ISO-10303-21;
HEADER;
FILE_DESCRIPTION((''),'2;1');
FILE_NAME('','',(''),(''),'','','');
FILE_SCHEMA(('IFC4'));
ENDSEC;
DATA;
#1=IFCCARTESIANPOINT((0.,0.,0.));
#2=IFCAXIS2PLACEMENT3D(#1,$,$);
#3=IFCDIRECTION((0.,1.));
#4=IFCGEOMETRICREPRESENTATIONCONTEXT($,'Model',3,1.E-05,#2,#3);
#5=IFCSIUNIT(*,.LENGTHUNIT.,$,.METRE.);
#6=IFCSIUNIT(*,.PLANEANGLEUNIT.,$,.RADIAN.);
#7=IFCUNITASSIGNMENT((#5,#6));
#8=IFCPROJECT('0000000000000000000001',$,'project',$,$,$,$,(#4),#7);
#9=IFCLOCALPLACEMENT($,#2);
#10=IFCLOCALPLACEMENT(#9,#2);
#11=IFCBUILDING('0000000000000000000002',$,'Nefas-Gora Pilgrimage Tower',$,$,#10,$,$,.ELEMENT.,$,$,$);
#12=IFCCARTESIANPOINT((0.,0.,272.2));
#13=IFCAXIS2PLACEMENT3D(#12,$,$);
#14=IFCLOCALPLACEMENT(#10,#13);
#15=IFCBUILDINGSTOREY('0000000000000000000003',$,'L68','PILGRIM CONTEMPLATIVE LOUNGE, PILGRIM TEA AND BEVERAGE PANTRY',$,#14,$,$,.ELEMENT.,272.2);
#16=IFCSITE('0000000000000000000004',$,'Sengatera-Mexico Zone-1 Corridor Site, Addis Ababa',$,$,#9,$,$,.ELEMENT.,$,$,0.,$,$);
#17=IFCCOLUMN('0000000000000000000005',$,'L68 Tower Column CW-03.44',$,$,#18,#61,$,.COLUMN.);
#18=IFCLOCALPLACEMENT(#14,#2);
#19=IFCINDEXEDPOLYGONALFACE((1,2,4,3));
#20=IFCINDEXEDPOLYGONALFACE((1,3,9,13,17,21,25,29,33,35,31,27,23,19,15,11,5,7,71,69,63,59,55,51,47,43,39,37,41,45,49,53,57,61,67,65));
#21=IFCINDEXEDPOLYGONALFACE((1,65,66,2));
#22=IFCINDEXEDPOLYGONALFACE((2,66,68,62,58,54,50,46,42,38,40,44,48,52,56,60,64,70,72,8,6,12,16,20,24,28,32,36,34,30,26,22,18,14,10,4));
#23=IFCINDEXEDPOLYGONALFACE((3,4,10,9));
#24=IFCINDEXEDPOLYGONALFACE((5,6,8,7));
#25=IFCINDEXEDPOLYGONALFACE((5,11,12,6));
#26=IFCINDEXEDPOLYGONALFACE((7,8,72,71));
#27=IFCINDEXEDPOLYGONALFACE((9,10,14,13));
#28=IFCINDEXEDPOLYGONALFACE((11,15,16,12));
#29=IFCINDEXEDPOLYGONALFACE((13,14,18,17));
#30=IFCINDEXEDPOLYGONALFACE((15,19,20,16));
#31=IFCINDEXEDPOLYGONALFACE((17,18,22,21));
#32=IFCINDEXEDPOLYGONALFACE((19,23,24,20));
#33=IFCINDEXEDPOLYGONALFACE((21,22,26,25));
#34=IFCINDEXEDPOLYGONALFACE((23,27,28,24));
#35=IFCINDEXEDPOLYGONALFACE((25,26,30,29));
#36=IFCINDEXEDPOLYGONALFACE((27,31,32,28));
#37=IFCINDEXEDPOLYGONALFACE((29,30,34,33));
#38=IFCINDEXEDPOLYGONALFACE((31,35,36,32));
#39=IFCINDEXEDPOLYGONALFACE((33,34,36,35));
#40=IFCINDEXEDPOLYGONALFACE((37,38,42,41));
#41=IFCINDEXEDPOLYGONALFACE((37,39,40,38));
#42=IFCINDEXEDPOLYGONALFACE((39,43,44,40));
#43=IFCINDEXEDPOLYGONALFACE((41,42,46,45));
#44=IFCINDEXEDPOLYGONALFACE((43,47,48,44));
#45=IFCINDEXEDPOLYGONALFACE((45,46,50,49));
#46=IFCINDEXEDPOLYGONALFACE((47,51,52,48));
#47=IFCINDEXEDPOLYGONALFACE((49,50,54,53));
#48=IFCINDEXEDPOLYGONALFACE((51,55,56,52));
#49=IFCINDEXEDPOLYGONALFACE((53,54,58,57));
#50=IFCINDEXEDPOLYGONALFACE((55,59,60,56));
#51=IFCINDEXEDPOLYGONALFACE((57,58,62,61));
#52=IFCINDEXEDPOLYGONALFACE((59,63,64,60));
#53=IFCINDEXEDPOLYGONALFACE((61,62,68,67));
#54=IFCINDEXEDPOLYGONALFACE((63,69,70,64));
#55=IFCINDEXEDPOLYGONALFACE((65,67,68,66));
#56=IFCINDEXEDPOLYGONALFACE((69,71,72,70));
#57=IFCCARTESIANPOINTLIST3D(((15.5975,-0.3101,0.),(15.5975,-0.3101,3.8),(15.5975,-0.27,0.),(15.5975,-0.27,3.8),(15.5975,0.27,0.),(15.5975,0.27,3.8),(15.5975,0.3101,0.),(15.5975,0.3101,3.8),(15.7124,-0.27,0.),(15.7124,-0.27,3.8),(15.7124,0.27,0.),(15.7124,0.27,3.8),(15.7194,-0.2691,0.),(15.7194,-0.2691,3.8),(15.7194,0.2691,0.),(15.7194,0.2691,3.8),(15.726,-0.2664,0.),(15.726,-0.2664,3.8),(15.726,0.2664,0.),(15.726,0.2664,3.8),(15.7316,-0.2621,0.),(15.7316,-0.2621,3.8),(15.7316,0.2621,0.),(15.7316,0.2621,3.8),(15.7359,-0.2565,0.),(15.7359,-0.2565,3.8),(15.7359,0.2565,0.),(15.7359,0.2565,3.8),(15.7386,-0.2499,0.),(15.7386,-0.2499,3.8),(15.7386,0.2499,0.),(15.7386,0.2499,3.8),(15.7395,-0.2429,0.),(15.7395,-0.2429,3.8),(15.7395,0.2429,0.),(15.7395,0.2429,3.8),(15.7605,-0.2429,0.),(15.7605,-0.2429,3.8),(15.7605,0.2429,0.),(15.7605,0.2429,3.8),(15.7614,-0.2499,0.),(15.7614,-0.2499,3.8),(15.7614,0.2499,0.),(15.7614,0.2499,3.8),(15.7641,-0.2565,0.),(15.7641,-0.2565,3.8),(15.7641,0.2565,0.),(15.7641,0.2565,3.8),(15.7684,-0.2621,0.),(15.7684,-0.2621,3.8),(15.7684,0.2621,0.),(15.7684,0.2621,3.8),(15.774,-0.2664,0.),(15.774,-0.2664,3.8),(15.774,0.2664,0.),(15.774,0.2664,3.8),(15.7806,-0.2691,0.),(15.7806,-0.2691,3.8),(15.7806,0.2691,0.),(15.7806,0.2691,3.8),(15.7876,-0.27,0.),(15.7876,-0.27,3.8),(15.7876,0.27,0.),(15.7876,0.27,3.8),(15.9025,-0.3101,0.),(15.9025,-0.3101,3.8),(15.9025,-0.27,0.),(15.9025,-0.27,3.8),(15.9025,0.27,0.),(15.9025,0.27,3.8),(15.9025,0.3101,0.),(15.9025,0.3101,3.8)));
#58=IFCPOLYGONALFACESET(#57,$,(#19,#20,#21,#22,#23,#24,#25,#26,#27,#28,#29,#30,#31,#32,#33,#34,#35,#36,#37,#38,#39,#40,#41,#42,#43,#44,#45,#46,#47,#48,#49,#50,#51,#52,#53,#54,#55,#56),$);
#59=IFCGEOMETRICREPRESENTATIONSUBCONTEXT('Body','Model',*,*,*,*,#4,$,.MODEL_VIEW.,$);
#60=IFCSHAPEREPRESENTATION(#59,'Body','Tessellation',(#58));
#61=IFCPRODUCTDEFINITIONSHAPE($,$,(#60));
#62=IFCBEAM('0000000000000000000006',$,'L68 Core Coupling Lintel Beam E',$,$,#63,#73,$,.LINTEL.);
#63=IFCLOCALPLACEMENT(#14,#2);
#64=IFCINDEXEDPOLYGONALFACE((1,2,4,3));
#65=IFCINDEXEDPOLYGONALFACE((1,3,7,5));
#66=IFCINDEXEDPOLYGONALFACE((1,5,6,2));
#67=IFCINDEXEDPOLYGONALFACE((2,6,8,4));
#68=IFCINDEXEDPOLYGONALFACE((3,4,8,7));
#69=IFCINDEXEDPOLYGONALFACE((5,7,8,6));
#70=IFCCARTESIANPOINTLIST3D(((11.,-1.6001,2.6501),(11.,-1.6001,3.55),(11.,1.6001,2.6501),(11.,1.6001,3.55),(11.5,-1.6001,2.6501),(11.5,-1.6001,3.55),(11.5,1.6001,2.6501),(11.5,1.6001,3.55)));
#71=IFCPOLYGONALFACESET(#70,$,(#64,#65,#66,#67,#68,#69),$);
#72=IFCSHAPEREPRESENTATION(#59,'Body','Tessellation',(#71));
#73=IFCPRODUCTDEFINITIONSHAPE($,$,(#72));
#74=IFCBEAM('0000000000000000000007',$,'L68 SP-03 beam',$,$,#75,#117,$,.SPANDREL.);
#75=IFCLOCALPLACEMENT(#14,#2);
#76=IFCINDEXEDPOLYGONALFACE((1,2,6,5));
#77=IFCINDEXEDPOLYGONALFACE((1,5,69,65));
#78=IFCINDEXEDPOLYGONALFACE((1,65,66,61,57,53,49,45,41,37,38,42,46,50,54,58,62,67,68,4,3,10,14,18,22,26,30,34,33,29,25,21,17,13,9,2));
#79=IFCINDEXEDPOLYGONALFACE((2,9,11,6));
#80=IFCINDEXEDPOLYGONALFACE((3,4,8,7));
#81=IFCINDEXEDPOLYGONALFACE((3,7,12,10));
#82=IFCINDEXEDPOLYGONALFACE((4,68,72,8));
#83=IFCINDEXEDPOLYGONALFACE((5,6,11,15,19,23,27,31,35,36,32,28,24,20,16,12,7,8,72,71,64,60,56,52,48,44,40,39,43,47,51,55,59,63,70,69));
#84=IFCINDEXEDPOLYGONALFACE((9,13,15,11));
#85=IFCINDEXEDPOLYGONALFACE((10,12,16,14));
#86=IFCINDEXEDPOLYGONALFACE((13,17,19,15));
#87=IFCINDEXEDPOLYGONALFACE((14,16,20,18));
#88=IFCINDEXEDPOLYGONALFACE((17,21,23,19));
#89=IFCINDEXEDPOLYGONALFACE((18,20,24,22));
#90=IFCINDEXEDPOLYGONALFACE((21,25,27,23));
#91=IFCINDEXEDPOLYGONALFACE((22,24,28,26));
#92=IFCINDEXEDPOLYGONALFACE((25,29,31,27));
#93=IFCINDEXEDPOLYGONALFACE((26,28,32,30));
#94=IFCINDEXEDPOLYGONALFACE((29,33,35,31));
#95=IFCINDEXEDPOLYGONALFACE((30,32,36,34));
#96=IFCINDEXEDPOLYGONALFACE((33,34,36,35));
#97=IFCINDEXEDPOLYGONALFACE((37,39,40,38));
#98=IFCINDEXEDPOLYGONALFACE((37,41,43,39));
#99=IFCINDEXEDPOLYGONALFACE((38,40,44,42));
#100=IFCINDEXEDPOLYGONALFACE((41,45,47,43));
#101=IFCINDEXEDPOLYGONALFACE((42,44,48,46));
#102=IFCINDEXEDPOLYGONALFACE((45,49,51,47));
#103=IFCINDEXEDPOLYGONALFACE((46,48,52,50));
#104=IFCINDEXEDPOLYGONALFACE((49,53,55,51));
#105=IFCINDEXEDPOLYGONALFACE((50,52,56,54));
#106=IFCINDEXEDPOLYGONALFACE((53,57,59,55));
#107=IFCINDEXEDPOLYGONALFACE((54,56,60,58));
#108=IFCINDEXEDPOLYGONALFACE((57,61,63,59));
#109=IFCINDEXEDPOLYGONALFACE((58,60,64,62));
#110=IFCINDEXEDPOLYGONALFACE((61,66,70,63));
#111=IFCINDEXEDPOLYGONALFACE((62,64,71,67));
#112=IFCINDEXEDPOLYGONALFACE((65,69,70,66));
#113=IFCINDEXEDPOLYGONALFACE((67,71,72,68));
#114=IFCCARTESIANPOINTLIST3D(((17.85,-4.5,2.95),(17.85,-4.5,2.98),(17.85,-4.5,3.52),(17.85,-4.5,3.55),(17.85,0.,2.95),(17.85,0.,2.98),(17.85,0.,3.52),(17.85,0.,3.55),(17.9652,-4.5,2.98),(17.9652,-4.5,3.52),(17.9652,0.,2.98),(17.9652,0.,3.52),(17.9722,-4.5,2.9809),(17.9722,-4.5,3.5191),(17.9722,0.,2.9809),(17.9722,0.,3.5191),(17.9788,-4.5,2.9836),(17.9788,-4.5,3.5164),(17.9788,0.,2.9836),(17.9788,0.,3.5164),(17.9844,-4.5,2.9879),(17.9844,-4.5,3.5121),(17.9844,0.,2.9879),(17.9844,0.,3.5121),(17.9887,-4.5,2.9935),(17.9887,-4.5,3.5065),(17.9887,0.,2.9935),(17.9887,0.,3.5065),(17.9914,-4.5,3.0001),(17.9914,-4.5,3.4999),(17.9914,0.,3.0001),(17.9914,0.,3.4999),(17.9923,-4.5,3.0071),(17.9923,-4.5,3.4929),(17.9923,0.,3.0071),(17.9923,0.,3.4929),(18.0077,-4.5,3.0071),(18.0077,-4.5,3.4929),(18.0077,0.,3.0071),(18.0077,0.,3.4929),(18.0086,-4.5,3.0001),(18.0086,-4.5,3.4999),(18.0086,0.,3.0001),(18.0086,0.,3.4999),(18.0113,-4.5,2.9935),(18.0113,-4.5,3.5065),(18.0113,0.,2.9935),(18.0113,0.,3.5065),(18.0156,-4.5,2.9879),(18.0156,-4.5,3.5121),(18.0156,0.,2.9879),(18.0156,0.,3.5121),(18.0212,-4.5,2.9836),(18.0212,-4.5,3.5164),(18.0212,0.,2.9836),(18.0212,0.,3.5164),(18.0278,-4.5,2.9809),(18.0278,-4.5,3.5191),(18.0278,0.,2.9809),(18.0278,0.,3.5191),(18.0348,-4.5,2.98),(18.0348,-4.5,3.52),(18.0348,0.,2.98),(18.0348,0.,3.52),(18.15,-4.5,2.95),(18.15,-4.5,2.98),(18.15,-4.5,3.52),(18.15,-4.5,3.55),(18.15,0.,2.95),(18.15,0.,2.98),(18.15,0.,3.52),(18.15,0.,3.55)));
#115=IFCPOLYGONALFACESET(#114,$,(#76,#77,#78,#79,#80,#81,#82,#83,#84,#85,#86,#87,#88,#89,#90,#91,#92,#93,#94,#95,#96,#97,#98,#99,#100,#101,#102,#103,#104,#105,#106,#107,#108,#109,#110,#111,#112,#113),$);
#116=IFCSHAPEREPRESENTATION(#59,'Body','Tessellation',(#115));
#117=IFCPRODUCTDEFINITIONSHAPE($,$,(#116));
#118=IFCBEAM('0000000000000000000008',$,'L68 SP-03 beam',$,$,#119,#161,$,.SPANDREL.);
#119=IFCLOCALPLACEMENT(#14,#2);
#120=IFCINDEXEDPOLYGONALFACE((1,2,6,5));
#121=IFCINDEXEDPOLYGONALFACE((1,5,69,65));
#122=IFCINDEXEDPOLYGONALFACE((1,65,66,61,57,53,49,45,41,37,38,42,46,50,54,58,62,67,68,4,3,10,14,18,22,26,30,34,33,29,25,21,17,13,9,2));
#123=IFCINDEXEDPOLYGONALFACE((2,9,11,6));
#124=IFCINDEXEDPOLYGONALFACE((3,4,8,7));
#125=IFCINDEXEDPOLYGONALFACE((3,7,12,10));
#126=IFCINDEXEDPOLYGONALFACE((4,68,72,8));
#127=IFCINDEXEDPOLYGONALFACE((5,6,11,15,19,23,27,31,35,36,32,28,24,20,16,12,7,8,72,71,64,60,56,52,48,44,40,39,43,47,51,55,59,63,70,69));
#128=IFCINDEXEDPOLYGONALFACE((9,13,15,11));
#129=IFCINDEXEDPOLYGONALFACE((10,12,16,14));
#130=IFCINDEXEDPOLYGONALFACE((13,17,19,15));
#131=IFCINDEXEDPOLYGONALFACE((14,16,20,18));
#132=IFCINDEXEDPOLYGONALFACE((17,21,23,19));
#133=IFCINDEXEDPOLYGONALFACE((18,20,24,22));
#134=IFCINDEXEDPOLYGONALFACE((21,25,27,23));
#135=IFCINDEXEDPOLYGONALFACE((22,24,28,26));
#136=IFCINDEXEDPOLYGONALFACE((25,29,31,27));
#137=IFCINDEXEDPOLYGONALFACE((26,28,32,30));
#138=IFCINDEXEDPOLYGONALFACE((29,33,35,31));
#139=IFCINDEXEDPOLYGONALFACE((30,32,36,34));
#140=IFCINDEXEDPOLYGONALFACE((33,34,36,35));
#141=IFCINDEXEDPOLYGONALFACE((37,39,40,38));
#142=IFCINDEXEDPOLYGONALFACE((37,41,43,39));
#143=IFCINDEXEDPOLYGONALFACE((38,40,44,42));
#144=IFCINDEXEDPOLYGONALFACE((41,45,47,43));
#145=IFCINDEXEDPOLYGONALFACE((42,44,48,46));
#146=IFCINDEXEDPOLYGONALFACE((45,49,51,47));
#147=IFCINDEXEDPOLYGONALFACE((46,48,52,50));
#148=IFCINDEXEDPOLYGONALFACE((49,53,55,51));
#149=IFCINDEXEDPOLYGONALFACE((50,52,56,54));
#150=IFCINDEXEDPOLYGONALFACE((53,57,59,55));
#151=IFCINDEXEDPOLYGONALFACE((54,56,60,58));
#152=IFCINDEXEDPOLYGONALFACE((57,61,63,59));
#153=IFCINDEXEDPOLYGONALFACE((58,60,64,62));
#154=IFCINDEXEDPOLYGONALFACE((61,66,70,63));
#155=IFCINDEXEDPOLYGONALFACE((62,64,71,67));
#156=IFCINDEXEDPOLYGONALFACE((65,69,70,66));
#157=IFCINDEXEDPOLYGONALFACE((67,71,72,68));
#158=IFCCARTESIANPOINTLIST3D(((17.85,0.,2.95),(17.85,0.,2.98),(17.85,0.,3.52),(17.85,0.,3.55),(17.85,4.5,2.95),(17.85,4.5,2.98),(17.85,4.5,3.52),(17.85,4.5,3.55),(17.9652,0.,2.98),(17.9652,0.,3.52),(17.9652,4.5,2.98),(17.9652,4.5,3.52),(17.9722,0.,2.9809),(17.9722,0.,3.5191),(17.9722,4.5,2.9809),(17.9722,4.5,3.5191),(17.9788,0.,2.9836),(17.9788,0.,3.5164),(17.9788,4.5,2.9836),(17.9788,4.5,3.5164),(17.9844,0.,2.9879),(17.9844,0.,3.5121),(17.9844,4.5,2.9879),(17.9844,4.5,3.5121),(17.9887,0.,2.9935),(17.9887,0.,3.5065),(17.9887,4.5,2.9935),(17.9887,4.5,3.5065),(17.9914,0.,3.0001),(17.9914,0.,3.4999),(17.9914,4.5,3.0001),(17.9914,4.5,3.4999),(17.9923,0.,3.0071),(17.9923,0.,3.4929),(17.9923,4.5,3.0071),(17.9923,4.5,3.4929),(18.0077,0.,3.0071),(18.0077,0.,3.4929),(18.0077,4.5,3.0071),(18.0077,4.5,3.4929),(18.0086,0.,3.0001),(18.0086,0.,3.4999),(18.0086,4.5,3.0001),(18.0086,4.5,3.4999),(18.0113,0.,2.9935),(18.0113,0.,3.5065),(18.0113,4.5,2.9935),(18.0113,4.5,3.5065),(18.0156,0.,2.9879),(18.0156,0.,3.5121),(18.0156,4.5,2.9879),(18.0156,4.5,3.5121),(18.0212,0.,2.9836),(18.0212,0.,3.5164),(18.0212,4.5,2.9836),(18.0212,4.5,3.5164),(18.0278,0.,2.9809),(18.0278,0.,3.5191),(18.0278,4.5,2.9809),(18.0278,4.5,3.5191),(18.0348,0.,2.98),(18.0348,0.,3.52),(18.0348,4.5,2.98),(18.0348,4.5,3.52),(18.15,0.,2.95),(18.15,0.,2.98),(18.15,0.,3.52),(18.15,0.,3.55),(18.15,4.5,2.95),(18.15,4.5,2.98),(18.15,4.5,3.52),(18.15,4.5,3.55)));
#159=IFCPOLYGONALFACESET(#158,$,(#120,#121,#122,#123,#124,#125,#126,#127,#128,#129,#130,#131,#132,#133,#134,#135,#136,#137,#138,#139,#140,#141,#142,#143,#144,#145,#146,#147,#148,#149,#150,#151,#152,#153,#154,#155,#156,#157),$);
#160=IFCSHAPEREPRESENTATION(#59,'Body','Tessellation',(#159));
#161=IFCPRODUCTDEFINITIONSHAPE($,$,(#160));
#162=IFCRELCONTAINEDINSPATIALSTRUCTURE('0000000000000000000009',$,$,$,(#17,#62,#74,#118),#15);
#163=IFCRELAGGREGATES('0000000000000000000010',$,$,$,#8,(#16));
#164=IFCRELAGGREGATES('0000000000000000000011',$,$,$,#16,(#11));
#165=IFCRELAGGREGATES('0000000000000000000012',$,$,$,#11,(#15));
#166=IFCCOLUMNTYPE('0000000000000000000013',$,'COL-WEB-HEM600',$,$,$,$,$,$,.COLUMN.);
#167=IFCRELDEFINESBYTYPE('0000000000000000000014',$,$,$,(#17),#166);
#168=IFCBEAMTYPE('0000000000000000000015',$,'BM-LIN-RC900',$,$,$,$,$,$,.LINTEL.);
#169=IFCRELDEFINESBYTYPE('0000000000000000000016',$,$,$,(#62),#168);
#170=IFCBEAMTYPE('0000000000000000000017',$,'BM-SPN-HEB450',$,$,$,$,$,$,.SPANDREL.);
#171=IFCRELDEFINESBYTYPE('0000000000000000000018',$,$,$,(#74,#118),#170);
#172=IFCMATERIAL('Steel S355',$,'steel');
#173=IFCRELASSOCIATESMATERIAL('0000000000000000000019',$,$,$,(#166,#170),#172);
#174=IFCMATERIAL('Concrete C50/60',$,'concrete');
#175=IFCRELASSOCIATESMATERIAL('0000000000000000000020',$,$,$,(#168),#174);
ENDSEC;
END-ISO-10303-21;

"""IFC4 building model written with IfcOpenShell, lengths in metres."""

from ifc_helpers import new_model, si_unit, direction, frame, origin, origin_2d, place, context, subcontext, project, spatial, rectangle, i_section, extrude, source, transform, mapped, material, material_profile, profile_set, type_object, element, save


model = new_model("IFC4")

# Units and contexts
model_context = context("Model", 3, precision=1e-05, world=origin(), true_north=direction((0.0, 1.0)))
body_context = subcontext(model_context, "Body", "Model", "MODEL_VIEW")
ifc_project = project(units=[si_unit("LENGTHUNIT", "METRE"), si_unit("PLANEANGLEUNIT", "RADIAN")], contexts=[model_context])

# Site, building, storey
site_placement = place(None, origin())
site = spatial("IfcSite", under=ifc_project, at=site_placement, Name="Sengatera-Mexico Zone-1 Corridor Site, Addis Ababa", CompositionType="ELEMENT", RefElevation=0.0)
building_placement = place(site_placement, origin())
building = spatial("IfcBuilding", under=site, at=building_placement, Name="Nefas-Gora Pilgrimage Tower", CompositionType="ELEMENT")
storey_placement = place(building_placement, frame((0.0, 0.0, 272.2)))
storey = spatial("IfcBuildingStorey", under=building, at=storey_placement, Name="L68", Description="PILGRIM CONTEMPLATIVE LOUNGE, PILGRIM TEA AND BEVERAGE PANTRY", CompositionType="ELEMENT", Elevation=272.2)

# Column
ifc_material_1 = material(Name="Steel S355", Category="steel")
ifc_material_profile_1 = material_profile(ifc_material_1, i_section(OverallWidth=0.3049, OverallDepth=0.6201, WebThickness=0.021, FlangeThickness=0.04, FilletRadius=0.0271, at=origin_2d()), Name="HEM 600")
ifc_profile_set_1 = profile_set([ifc_material_profile_1], Name="Steel S355")
column_type_1 = type_object("IfcColumnType", Name="COL-WEB-HEM600", PredefinedType="COLUMN", material=ifc_profile_set_1)
shared_shape_1 = source(origin(), body_context, "Body", "SweptSolid", [
    extrude(i_section(OverallWidth=0.3049, OverallDepth=0.6201, WebThickness=0.021, FlangeThickness=0.04, FilletRadius=0.0271, at=origin_2d()), origin(), (0.0, 0.0, 1.0), 3.8),
])
for number, where, z_axis, x_axis, name in (
    (1, (15.75, 0.0, 0.0), (0.0, 0.0, 1.0), (1.0, 0.0, 0.0), "L68 Tower Column CW-03.44"),
):
    element("IfcColumn", number, at=place(storey_placement, frame(where, z_axis=z_axis, x_axis=x_axis)), inside=storey, type_object=column_type_1, Name=name, PredefinedType="COLUMN", context=body_context, shape_type="MappedRepresentation", body=[
        mapped(shared_shape_1, transform((0.0, 0.0, 0.0), x_axis=(1.0, 0.0, 0.0), y_axis=(0.0, 1.0, 0.0), z_axis=(0.0, 0.0, 1.0), scale=1.0)),
    ])

# Beams
ifc_material_2 = material(Name="Concrete C50/60", Category="concrete")
ifc_material_profile_2 = material_profile(ifc_material_2, rectangle(XDim=0.5, YDim=0.8999, at=origin_2d()), Name="RC 500x900")
ifc_profile_set_2 = profile_set([ifc_material_profile_2], Name="Concrete C50/60")
beam_type_1 = type_object("IfcBeamType", Name="BM-LIN-RC900", PredefinedType="LINTEL", material=ifc_profile_set_2)
shared_shape_2 = source(origin(), body_context, "Body", "SweptSolid", [
    extrude(rectangle(XDim=0.5, YDim=0.8999, at=origin_2d()), origin(), (0.0, 0.0, 1.0), 3.2002),
])
beam_placement = place(storey_placement, frame((11.25, -1.6001, 3.1001), z_axis=(0.0, 1.0, 0.0), x_axis=(-1.0, 0.0, 0.0)))
element("IfcBeam", 2, at=beam_placement, inside=storey, type_object=beam_type_1, Name="L68 Core Coupling Lintel Beam E", PredefinedType="LINTEL", context=body_context, shape_type="MappedRepresentation", body=[
    mapped(shared_shape_2, transform((0.0, 0.0, 0.0), x_axis=(1.0, 0.0, 0.0), y_axis=(0.0, 1.0, 0.0), z_axis=(0.0, 0.0, 1.0), scale=1.0)),
])
ifc_material_profile_3 = material_profile(ifc_material_1, i_section(OverallWidth=0.3, OverallDepth=0.6001, WebThickness=0.0154, FlangeThickness=0.03, FilletRadius=0.0271, at=origin_2d()), Name="HEB 600")
ifc_profile_set_3 = profile_set([ifc_material_profile_3], Name="Steel S355")
beam_type_2 = type_object("IfcBeamType", Name="BM-SPN-HEB450", PredefinedType="SPANDREL", material=ifc_profile_set_3)
shared_shape_3 = source(origin(), body_context, "Body", "SweptSolid", [
    extrude(i_section(OverallWidth=0.3, OverallDepth=0.6001, WebThickness=0.0154, FlangeThickness=0.03, FilletRadius=0.0271, at=origin_2d()), origin(), (0.0, 0.0, 1.0), 4.5),
])
for number, where, z_axis, x_axis, name in (
    (3, (18.0, -4.5, 3.25), (0.0, 1.0, 0.0), (-1.0, 0.0, 0.0), "L68 SP-03 beam"),
    (4, (18.0, 0.0, 3.25), (0.0, 1.0, 0.0), (-1.0, 0.0, 0.0), "L68 SP-03 beam"),
):
    element("IfcBeam", number, at=place(storey_placement, frame(where, z_axis=z_axis, x_axis=x_axis)), inside=storey, type_object=beam_type_2, Name=name, PredefinedType="SPANDREL", context=body_context, shape_type="MappedRepresentation", body=[
        mapped(shared_shape_3, transform((0.0, 0.0, 0.0), x_axis=(1.0, 0.0, 0.0), y_axis=(0.0, 1.0, 0.0), z_axis=(0.0, 0.0, 1.0), scale=1.0)),
    ])

save(model, "model.ifc")
